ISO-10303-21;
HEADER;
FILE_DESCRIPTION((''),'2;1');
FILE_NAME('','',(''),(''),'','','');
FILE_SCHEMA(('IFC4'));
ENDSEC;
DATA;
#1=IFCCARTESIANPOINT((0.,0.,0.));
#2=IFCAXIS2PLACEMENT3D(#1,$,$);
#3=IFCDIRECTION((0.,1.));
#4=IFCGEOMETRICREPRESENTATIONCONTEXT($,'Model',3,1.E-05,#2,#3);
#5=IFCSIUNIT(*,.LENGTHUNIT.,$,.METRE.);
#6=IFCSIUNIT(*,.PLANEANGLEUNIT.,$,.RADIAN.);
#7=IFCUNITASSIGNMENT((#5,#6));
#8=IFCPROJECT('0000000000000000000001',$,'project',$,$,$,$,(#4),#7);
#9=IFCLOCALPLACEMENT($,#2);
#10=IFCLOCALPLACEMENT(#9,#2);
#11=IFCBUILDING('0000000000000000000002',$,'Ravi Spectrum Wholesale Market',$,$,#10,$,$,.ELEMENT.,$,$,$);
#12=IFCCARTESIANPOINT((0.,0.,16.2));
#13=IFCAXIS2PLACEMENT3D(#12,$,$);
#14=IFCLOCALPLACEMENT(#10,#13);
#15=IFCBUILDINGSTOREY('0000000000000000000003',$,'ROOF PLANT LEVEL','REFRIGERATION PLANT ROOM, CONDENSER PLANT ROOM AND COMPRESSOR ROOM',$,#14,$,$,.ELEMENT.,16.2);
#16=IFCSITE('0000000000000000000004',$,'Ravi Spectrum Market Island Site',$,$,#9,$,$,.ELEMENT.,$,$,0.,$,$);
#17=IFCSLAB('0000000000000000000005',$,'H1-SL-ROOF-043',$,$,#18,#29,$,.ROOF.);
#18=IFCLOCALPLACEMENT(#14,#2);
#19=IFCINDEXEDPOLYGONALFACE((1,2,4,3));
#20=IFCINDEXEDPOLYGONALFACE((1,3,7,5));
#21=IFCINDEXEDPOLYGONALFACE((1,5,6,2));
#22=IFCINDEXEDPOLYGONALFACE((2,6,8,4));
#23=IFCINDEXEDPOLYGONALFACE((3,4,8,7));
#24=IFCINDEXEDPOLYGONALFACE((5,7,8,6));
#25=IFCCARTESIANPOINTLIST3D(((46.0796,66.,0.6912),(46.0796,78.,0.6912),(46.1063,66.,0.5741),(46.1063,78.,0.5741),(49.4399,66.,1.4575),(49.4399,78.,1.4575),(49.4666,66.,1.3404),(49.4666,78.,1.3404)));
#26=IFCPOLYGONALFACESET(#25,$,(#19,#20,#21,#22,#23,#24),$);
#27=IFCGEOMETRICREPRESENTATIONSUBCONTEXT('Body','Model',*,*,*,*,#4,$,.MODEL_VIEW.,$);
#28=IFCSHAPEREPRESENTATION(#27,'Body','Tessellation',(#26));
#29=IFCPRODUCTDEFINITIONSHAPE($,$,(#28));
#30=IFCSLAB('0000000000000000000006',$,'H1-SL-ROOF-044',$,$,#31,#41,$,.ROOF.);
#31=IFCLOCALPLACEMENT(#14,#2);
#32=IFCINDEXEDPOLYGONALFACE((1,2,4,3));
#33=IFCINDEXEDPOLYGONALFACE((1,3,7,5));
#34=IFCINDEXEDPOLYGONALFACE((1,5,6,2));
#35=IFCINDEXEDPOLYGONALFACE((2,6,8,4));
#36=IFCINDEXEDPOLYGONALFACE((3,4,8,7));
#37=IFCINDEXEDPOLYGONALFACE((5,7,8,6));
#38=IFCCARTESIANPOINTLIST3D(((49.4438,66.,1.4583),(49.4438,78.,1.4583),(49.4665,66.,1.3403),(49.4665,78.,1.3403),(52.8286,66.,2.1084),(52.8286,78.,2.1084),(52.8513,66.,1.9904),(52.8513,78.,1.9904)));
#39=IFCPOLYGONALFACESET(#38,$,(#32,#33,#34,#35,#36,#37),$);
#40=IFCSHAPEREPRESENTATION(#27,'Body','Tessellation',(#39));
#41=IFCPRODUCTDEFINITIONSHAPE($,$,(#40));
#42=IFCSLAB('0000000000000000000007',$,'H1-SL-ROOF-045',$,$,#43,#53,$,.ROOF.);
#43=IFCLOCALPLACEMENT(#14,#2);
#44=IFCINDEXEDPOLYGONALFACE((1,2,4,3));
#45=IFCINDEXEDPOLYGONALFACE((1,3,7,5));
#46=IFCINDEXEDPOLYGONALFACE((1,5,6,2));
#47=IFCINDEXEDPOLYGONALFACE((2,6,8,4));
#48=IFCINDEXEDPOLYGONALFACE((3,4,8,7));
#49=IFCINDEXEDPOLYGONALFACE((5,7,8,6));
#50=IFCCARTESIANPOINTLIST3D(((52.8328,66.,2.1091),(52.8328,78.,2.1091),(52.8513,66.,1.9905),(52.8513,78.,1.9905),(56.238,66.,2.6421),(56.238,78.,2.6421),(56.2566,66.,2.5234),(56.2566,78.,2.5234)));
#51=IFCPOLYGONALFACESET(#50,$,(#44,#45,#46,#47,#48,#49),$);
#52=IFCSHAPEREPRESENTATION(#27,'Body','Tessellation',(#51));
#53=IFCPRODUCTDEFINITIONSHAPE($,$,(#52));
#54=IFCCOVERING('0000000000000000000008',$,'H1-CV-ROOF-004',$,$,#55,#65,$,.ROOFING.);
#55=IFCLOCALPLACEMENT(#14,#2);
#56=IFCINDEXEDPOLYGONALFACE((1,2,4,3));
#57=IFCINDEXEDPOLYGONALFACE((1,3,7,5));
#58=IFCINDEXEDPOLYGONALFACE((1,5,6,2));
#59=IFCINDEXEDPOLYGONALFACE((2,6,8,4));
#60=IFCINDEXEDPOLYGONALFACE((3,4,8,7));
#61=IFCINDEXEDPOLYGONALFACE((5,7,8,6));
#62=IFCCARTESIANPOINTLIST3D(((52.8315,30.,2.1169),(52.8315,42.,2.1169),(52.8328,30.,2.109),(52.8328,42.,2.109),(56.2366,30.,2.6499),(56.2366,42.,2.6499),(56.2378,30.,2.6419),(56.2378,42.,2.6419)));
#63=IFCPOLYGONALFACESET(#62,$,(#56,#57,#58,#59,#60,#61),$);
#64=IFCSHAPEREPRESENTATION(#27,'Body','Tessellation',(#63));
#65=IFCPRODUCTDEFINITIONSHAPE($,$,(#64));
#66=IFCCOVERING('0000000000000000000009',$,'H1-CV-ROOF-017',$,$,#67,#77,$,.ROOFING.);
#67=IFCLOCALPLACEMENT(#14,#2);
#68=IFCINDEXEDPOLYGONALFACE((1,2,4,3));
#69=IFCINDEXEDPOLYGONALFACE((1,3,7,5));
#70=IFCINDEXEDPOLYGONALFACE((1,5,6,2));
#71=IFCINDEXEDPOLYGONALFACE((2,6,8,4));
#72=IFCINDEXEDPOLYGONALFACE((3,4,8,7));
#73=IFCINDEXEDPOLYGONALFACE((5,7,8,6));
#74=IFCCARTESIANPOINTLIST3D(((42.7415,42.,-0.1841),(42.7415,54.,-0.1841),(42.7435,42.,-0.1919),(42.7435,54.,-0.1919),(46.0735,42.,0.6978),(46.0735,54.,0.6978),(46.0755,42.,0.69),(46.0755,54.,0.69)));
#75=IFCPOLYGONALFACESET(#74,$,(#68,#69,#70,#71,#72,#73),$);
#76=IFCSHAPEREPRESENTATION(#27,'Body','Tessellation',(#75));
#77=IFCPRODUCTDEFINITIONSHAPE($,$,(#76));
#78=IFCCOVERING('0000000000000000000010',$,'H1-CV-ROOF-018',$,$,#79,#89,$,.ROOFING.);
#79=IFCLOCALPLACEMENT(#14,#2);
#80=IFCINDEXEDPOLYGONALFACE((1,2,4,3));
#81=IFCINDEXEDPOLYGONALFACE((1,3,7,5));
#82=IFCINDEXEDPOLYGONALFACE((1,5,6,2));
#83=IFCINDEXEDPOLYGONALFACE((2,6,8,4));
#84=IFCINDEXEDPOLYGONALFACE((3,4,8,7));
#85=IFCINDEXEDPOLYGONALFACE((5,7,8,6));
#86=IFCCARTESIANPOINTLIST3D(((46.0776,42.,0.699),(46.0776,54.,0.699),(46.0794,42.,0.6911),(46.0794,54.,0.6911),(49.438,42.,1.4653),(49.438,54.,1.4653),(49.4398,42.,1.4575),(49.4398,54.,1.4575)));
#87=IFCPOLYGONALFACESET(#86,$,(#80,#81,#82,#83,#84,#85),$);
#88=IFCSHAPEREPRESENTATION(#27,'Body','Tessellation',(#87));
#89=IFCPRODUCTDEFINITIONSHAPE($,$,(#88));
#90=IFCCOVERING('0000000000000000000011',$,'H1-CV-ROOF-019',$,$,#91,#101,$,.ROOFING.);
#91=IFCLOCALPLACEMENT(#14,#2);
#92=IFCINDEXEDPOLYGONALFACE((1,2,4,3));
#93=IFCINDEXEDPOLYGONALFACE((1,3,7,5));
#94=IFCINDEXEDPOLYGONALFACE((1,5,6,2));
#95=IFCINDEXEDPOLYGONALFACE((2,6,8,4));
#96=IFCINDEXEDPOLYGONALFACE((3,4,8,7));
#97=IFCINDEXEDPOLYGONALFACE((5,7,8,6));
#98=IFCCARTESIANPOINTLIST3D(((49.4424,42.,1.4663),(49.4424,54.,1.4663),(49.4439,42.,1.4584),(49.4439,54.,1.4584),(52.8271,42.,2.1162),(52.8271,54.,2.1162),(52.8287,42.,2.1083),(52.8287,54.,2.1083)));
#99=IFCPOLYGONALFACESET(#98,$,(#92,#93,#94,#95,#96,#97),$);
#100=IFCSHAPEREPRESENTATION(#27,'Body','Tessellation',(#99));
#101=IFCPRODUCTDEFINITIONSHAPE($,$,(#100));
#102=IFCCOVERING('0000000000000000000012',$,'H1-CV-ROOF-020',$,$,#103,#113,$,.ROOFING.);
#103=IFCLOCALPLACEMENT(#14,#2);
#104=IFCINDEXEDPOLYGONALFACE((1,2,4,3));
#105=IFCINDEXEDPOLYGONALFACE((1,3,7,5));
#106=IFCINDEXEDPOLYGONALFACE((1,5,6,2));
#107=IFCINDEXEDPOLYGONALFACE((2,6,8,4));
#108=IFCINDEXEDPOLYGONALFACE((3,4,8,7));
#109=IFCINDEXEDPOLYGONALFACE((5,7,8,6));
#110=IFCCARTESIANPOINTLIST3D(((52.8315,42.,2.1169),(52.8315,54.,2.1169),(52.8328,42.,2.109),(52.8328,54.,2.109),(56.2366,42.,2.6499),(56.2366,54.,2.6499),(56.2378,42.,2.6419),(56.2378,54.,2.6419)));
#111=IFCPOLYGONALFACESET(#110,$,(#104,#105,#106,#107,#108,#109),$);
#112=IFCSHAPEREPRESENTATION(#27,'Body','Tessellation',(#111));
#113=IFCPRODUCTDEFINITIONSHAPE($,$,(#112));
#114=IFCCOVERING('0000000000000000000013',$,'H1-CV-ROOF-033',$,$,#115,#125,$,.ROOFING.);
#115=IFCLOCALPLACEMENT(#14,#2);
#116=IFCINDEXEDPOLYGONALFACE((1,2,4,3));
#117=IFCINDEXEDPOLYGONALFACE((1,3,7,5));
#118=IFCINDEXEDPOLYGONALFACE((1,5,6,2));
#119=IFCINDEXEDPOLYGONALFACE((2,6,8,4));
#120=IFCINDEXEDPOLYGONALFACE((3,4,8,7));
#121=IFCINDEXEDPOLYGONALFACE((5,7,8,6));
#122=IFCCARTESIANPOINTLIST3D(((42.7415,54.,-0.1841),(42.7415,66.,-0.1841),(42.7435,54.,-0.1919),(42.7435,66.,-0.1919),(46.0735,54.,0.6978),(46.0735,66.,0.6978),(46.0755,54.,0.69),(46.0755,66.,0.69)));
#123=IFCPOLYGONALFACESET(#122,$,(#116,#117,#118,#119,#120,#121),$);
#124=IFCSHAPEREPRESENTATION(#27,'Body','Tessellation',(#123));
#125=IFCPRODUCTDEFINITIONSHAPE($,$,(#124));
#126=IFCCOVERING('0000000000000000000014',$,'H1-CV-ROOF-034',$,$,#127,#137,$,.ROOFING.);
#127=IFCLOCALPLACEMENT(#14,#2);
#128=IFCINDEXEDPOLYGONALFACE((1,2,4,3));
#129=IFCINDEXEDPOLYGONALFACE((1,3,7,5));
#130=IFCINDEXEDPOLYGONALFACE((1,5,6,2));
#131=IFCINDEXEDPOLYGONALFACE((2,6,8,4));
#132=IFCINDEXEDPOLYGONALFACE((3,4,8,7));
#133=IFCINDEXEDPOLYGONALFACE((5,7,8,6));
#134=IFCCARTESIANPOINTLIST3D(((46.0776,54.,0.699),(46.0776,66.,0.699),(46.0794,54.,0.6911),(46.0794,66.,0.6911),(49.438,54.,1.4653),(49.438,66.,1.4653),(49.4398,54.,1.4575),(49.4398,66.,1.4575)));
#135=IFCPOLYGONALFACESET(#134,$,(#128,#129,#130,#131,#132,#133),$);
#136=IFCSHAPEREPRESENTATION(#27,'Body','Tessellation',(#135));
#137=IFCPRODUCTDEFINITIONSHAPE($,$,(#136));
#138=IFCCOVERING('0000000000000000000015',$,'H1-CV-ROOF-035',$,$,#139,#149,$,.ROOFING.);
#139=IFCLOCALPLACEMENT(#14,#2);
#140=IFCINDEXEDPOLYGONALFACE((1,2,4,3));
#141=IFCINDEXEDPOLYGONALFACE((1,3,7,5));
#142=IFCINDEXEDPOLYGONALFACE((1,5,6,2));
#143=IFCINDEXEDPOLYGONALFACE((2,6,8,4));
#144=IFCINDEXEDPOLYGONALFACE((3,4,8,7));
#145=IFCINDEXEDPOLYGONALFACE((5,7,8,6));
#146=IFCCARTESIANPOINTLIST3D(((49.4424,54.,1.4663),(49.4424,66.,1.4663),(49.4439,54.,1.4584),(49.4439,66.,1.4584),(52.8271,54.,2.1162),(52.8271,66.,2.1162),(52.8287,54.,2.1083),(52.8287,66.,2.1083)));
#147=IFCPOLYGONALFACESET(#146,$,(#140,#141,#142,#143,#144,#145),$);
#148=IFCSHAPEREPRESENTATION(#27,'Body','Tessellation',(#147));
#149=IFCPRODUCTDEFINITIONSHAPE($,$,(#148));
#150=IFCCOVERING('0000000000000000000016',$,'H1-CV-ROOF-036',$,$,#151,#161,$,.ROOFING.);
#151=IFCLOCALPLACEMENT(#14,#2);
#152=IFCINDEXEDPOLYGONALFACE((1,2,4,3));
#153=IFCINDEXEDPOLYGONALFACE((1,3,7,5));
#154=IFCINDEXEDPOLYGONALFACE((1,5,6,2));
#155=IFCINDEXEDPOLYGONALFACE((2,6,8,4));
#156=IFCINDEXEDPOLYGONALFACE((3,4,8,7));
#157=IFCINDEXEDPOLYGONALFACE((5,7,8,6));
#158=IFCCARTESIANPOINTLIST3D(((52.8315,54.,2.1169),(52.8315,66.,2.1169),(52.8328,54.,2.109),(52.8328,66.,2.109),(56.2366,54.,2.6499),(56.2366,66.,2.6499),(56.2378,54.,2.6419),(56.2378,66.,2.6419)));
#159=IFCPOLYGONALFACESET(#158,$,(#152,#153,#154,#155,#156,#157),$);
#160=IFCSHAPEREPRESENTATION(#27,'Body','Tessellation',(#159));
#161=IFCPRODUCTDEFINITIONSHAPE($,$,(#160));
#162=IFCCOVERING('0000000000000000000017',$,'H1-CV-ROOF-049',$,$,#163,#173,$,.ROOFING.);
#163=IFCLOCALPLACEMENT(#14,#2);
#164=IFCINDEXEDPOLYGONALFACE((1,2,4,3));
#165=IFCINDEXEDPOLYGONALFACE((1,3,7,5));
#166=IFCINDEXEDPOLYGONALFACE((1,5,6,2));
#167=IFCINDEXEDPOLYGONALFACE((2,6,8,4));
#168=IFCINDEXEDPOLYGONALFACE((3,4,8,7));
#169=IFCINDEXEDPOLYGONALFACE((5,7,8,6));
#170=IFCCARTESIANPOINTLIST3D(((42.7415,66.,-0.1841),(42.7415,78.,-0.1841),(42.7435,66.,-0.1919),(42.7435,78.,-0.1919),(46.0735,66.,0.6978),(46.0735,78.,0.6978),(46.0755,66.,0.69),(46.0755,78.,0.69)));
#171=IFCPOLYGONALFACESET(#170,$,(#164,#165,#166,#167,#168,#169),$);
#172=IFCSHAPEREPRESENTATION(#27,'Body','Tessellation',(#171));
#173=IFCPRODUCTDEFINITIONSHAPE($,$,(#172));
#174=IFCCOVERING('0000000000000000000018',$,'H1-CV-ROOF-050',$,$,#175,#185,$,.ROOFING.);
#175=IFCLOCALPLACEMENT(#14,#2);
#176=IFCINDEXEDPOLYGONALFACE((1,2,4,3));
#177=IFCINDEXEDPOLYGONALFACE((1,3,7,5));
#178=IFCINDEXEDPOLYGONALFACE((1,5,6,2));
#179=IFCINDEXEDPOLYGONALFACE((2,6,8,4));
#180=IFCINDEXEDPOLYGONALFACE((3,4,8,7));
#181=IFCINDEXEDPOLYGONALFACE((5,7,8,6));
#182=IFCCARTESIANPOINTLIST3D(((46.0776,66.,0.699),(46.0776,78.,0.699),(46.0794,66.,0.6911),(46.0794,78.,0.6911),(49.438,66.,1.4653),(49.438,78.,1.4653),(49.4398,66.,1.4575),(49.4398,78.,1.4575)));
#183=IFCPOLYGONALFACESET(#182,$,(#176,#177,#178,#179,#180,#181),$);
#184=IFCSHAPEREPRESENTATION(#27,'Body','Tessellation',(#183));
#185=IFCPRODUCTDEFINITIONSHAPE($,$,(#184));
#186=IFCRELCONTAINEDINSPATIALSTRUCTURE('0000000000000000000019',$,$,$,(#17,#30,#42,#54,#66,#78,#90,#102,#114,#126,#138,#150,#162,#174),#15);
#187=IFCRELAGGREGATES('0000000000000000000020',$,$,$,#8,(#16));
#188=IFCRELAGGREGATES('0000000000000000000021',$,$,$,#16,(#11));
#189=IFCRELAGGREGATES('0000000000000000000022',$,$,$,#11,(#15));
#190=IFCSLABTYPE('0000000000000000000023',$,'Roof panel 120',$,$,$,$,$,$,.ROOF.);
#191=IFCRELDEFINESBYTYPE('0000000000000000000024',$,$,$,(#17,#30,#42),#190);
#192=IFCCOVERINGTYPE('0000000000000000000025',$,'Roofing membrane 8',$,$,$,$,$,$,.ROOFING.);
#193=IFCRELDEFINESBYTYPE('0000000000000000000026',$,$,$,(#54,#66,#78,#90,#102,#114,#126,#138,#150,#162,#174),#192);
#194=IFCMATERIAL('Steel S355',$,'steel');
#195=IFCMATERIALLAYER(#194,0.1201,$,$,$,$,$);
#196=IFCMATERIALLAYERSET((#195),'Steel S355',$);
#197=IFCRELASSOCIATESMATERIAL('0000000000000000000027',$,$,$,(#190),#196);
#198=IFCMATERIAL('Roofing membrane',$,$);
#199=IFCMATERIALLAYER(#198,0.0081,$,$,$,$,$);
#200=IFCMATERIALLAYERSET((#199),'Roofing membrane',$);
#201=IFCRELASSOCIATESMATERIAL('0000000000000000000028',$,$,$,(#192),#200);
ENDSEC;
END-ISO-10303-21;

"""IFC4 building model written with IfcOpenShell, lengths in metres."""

from ifc_helpers import new_model, si_unit, direction, frame, origin, place, context, subcontext, project, spatial, polyline, outline, extrude, material, layer, layer_set, type_object, element, save


model = new_model("IFC4")

# Units and contexts
model_context = context("Model", 3, precision=1e-05, world=origin(), true_north=direction((0.0, 1.0)))
body_context = subcontext(model_context, "Body", "Model", "MODEL_VIEW")
ifc_project = project(units=[si_unit("LENGTHUNIT", "METRE"), si_unit("PLANEANGLEUNIT", "RADIAN")], contexts=[model_context])

# Site, building, storey
site_placement = place(None, origin())
site = spatial("IfcSite", under=ifc_project, at=site_placement, Name="Ravi Spectrum Market Island Site", CompositionType="ELEMENT", RefElevation=0.0)
building_placement = place(site_placement, origin())
building = spatial("IfcBuilding", under=site, at=building_placement, Name="Ravi Spectrum Wholesale Market", CompositionType="ELEMENT")
storey_placement = place(building_placement, frame((0.0, 0.0, 16.2)))
storey = spatial("IfcBuildingStorey", under=building, at=storey_placement, Name="ROOF PLANT LEVEL", Description="REFRIGERATION PLANT ROOM, CONDENSER PLANT ROOM AND COMPRESSOR ROOM", CompositionType="ELEMENT", Elevation=16.2)

# Slabs
ifc_material_1 = material(Name="Steel S355", Category="steel")
ifc_layer_1 = layer(ifc_material_1, 0.1201)
ifc_layer_set_1 = layer_set([ifc_layer_1], Name="Steel S355")
slab_type = type_object("IfcSlabType", Name="Roof panel 120", PredefinedType="ROOF", material=ifc_layer_set_1)
slab_1_placement = place(storey_placement, frame((46.0796, 66.0, 0.6912), z_axis=(-0.22235, 0.0, 0.974967), x_axis=(0.974967, 0.0, 0.22235)))
element("IfcSlab", 1, at=slab_1_placement, inside=storey, type_object=slab_type, Name="H1-SL-ROOF-043", PredefinedType="ROOF", context=body_context, shape_type="SweptSolid", body=[
    extrude(outline(polyline([(0.0, 0.0), (3.4466, 0.0), (3.4466, 12.0), (0.0, 12.0), (0.0, 0.0)])), origin(), (0.0, 0.0, -1.0), 0.1201),
])
slab_2_placement = place(storey_placement, frame((49.4438, 66.0, 1.4583), z_axis=(-0.188632, 0.0, 0.982048), x_axis=(0.982048, 0.0, 0.188632)))
element("IfcSlab", 2, at=slab_2_placement, inside=storey, type_object=slab_type, Name="H1-SL-ROOF-044", PredefinedType="ROOF", context=body_context, shape_type="SweptSolid", body=[
    extrude(outline(polyline([(0.0, 0.0), (3.4466, 0.0), (3.4466, 12.0), (0.0, 12.0), (0.0, 0.0)])), origin(), (0.0, 0.0, -1.0), 0.1201),
])
slab_3_placement = place(storey_placement, frame((52.8328, 66.0, 2.1091), z_axis=(-0.154628, 0.0, 0.987973), x_axis=(0.987973, 0.0, 0.154628)))
element("IfcSlab", 3, at=slab_3_placement, inside=storey, type_object=slab_type, Name="H1-SL-ROOF-045", PredefinedType="ROOF", context=body_context, shape_type="SweptSolid", body=[
    extrude(outline(polyline([(0.0, 0.0), (3.4467, 0.0), (3.4467, 12.0), (0.0, 12.0), (0.0, 0.0)])), origin(), (0.0, 0.0, -1.0), 0.1201),
])

# Coverings
ifc_material_2 = material(Name="Roofing membrane")
ifc_layer_2 = layer(ifc_material_2, 0.0081)
ifc_layer_set_2 = layer_set([ifc_layer_2], Name="Roofing membrane")
covering_type = type_object("IfcCoveringType", Name="Roofing membrane 8", PredefinedType="ROOFING", material=ifc_layer_set_2)
covering_1_placement = place(storey_placement, frame((52.8315, 30.0, 2.1169), z_axis=(-0.154638, 0.0, 0.987971), x_axis=(0.987971, 0.0, 0.154638)))
element("IfcCovering", 4, at=covering_1_placement, inside=storey, type_object=covering_type, Name="H1-CV-ROOF-004", PredefinedType="ROOFING", context=body_context, shape_type="SweptSolid", body=[
    extrude(outline(polyline([(0.0, 0.0), (3.4465, 0.0), (3.4465, 12.0), (0.0, 12.0), (0.0, 0.0)])), origin(), (0.0, 0.0, -1.0), 0.0081),
])
covering_2_placement = place(storey_placement, frame((42.7415, 42.0, -0.1841), z_axis=(-0.255846, 0.0, 0.966718), x_axis=(0.966718, 0.0, 0.255846)))
element("IfcCovering", 5, at=covering_2_placement, inside=storey, type_object=covering_type, Name="H1-CV-ROOF-017", PredefinedType="ROOFING", context=body_context, shape_type="SweptSolid", body=[
    extrude(outline(polyline([(0.0, 0.0), (3.4467, 0.0), (3.4467, 12.0), (0.0, 12.0), (0.0, 0.0)])), origin(), (0.0, 0.0, -1.0), 0.0081),
])
covering_3_placement = place(storey_placement, frame((46.0776, 42.0, 0.699), z_axis=(-0.22235, 0.0, 0.974967), x_axis=(0.974967, 0.0, 0.22235)))
element("IfcCovering", 6, at=covering_3_placement, inside=storey, type_object=covering_type, Name="H1-CV-ROOF-018", PredefinedType="ROOFING", context=body_context, shape_type="SweptSolid", body=[
    extrude(outline(polyline([(0.0, 0.0), (3.4466, 0.0), (3.4466, 12.0), (0.0, 12.0), (0.0, 0.0)])), origin(), (0.0, 0.0, -1.0), 0.0081),
])
covering_4_placement = place(storey_placement, frame((49.4424, 42.0, 1.4663), z_axis=(-0.188564, 0.0, 0.982061), x_axis=(0.982061, 0.0, 0.188564)))
element("IfcCovering", 7, at=covering_4_placement, inside=storey, type_object=covering_type, Name="H1-CV-ROOF-019", PredefinedType="ROOFING", context=body_context, shape_type="SweptSolid", body=[
    extrude(outline(polyline([(0.0, 0.0), (3.4466, 0.0), (3.4466, 12.0), (0.0, 12.0), (0.0, 0.0)])), origin(), (0.0, 0.0, -1.0), 0.0081),
])
covering_5_placement = place(storey_placement, frame((52.8315, 42.0, 2.1169), z_axis=(-0.154638, 0.0, 0.987971), x_axis=(0.987971, 0.0, 0.154638)))
element("IfcCovering", 8, at=covering_5_placement, inside=storey, type_object=covering_type, Name="H1-CV-ROOF-020", PredefinedType="ROOFING", context=body_context, shape_type="SweptSolid", body=[
    extrude(outline(polyline([(0.0, 0.0), (3.4465, 0.0), (3.4465, 12.0), (0.0, 12.0), (0.0, 0.0)])), origin(), (0.0, 0.0, -1.0), 0.0081),
])
covering_6_placement = place(storey_placement, frame((42.7415, 54.0, -0.1841), z_axis=(-0.255846, 0.0, 0.966718), x_axis=(0.966718, 0.0, 0.255846)))
element("IfcCovering", 9, at=covering_6_placement, inside=storey, type_object=covering_type, Name="H1-CV-ROOF-033", PredefinedType="ROOFING", context=body_context, shape_type="SweptSolid", body=[
    extrude(outline(polyline([(0.0, 0.0), (3.4467, 0.0), (3.4467, 12.0), (0.0, 12.0), (0.0, 0.0)])), origin(), (0.0, 0.0, -1.0), 0.0081),
])
covering_7_placement = place(storey_placement, frame((46.0776, 54.0, 0.699), z_axis=(-0.22235, 0.0, 0.974967), x_axis=(0.974967, 0.0, 0.22235)))
element("IfcCovering", 10, at=covering_7_placement, inside=storey, type_object=covering_type, Name="H1-CV-ROOF-034", PredefinedType="ROOFING", context=body_context, shape_type="SweptSolid", body=[
    extrude(outline(polyline([(0.0, 0.0), (3.4466, 0.0), (3.4466, 12.0), (0.0, 12.0), (0.0, 0.0)])), origin(), (0.0, 0.0, -1.0), 0.0081),
])
covering_8_placement = place(storey_placement, frame((49.4424, 54.0, 1.4663), z_axis=(-0.188564, 0.0, 0.982061), x_axis=(0.982061, 0.0, 0.188564)))
element("IfcCovering", 11, at=covering_8_placement, inside=storey, type_object=covering_type, Name="H1-CV-ROOF-035", PredefinedType="ROOFING", context=body_context, shape_type="SweptSolid", body=[
    extrude(outline(polyline([(0.0, 0.0), (3.4466, 0.0), (3.4466, 12.0), (0.0, 12.0), (0.0, 0.0)])), origin(), (0.0, 0.0, -1.0), 0.0081),
])
covering_9_placement = place(storey_placement, frame((52.8315, 54.0, 2.1169), z_axis=(-0.154638, 0.0, 0.987971), x_axis=(0.987971, 0.0, 0.154638)))
element("IfcCovering", 12, at=covering_9_placement, inside=storey, type_object=covering_type, Name="H1-CV-ROOF-036", PredefinedType="ROOFING", context=body_context, shape_type="SweptSolid", body=[
    extrude(outline(polyline([(0.0, 0.0), (3.4465, 0.0), (3.4465, 12.0), (0.0, 12.0), (0.0, 0.0)])), origin(), (0.0, 0.0, -1.0), 0.0081),
])
covering_10_placement = place(storey_placement, frame((42.7415, 66.0, -0.1841), z_axis=(-0.255846, 0.0, 0.966718), x_axis=(0.966718, 0.0, 0.255846)))
element("IfcCovering", 13, at=covering_10_placement, inside=storey, type_object=covering_type, Name="H1-CV-ROOF-049", PredefinedType="ROOFING", context=body_context, shape_type="SweptSolid", body=[
    extrude(outline(polyline([(0.0, 0.0), (3.4467, 0.0), (3.4467, 12.0), (0.0, 12.0), (0.0, 0.0)])), origin(), (0.0, 0.0, -1.0), 0.0081),
])
covering_11_placement = place(storey_placement, frame((46.0776, 66.0, 0.699), z_axis=(-0.22235, 0.0, 0.974967), x_axis=(0.974967, 0.0, 0.22235)))
element("IfcCovering", 14, at=covering_11_placement, inside=storey, type_object=covering_type, Name="H1-CV-ROOF-050", PredefinedType="ROOFING", context=body_context, shape_type="SweptSolid", body=[
    extrude(outline(polyline([(0.0, 0.0), (3.4466, 0.0), (3.4466, 12.0), (0.0, 12.0), (0.0, 0.0)])), origin(), (0.0, 0.0, -1.0), 0.0081),
])

save(model, "model.ifc")
